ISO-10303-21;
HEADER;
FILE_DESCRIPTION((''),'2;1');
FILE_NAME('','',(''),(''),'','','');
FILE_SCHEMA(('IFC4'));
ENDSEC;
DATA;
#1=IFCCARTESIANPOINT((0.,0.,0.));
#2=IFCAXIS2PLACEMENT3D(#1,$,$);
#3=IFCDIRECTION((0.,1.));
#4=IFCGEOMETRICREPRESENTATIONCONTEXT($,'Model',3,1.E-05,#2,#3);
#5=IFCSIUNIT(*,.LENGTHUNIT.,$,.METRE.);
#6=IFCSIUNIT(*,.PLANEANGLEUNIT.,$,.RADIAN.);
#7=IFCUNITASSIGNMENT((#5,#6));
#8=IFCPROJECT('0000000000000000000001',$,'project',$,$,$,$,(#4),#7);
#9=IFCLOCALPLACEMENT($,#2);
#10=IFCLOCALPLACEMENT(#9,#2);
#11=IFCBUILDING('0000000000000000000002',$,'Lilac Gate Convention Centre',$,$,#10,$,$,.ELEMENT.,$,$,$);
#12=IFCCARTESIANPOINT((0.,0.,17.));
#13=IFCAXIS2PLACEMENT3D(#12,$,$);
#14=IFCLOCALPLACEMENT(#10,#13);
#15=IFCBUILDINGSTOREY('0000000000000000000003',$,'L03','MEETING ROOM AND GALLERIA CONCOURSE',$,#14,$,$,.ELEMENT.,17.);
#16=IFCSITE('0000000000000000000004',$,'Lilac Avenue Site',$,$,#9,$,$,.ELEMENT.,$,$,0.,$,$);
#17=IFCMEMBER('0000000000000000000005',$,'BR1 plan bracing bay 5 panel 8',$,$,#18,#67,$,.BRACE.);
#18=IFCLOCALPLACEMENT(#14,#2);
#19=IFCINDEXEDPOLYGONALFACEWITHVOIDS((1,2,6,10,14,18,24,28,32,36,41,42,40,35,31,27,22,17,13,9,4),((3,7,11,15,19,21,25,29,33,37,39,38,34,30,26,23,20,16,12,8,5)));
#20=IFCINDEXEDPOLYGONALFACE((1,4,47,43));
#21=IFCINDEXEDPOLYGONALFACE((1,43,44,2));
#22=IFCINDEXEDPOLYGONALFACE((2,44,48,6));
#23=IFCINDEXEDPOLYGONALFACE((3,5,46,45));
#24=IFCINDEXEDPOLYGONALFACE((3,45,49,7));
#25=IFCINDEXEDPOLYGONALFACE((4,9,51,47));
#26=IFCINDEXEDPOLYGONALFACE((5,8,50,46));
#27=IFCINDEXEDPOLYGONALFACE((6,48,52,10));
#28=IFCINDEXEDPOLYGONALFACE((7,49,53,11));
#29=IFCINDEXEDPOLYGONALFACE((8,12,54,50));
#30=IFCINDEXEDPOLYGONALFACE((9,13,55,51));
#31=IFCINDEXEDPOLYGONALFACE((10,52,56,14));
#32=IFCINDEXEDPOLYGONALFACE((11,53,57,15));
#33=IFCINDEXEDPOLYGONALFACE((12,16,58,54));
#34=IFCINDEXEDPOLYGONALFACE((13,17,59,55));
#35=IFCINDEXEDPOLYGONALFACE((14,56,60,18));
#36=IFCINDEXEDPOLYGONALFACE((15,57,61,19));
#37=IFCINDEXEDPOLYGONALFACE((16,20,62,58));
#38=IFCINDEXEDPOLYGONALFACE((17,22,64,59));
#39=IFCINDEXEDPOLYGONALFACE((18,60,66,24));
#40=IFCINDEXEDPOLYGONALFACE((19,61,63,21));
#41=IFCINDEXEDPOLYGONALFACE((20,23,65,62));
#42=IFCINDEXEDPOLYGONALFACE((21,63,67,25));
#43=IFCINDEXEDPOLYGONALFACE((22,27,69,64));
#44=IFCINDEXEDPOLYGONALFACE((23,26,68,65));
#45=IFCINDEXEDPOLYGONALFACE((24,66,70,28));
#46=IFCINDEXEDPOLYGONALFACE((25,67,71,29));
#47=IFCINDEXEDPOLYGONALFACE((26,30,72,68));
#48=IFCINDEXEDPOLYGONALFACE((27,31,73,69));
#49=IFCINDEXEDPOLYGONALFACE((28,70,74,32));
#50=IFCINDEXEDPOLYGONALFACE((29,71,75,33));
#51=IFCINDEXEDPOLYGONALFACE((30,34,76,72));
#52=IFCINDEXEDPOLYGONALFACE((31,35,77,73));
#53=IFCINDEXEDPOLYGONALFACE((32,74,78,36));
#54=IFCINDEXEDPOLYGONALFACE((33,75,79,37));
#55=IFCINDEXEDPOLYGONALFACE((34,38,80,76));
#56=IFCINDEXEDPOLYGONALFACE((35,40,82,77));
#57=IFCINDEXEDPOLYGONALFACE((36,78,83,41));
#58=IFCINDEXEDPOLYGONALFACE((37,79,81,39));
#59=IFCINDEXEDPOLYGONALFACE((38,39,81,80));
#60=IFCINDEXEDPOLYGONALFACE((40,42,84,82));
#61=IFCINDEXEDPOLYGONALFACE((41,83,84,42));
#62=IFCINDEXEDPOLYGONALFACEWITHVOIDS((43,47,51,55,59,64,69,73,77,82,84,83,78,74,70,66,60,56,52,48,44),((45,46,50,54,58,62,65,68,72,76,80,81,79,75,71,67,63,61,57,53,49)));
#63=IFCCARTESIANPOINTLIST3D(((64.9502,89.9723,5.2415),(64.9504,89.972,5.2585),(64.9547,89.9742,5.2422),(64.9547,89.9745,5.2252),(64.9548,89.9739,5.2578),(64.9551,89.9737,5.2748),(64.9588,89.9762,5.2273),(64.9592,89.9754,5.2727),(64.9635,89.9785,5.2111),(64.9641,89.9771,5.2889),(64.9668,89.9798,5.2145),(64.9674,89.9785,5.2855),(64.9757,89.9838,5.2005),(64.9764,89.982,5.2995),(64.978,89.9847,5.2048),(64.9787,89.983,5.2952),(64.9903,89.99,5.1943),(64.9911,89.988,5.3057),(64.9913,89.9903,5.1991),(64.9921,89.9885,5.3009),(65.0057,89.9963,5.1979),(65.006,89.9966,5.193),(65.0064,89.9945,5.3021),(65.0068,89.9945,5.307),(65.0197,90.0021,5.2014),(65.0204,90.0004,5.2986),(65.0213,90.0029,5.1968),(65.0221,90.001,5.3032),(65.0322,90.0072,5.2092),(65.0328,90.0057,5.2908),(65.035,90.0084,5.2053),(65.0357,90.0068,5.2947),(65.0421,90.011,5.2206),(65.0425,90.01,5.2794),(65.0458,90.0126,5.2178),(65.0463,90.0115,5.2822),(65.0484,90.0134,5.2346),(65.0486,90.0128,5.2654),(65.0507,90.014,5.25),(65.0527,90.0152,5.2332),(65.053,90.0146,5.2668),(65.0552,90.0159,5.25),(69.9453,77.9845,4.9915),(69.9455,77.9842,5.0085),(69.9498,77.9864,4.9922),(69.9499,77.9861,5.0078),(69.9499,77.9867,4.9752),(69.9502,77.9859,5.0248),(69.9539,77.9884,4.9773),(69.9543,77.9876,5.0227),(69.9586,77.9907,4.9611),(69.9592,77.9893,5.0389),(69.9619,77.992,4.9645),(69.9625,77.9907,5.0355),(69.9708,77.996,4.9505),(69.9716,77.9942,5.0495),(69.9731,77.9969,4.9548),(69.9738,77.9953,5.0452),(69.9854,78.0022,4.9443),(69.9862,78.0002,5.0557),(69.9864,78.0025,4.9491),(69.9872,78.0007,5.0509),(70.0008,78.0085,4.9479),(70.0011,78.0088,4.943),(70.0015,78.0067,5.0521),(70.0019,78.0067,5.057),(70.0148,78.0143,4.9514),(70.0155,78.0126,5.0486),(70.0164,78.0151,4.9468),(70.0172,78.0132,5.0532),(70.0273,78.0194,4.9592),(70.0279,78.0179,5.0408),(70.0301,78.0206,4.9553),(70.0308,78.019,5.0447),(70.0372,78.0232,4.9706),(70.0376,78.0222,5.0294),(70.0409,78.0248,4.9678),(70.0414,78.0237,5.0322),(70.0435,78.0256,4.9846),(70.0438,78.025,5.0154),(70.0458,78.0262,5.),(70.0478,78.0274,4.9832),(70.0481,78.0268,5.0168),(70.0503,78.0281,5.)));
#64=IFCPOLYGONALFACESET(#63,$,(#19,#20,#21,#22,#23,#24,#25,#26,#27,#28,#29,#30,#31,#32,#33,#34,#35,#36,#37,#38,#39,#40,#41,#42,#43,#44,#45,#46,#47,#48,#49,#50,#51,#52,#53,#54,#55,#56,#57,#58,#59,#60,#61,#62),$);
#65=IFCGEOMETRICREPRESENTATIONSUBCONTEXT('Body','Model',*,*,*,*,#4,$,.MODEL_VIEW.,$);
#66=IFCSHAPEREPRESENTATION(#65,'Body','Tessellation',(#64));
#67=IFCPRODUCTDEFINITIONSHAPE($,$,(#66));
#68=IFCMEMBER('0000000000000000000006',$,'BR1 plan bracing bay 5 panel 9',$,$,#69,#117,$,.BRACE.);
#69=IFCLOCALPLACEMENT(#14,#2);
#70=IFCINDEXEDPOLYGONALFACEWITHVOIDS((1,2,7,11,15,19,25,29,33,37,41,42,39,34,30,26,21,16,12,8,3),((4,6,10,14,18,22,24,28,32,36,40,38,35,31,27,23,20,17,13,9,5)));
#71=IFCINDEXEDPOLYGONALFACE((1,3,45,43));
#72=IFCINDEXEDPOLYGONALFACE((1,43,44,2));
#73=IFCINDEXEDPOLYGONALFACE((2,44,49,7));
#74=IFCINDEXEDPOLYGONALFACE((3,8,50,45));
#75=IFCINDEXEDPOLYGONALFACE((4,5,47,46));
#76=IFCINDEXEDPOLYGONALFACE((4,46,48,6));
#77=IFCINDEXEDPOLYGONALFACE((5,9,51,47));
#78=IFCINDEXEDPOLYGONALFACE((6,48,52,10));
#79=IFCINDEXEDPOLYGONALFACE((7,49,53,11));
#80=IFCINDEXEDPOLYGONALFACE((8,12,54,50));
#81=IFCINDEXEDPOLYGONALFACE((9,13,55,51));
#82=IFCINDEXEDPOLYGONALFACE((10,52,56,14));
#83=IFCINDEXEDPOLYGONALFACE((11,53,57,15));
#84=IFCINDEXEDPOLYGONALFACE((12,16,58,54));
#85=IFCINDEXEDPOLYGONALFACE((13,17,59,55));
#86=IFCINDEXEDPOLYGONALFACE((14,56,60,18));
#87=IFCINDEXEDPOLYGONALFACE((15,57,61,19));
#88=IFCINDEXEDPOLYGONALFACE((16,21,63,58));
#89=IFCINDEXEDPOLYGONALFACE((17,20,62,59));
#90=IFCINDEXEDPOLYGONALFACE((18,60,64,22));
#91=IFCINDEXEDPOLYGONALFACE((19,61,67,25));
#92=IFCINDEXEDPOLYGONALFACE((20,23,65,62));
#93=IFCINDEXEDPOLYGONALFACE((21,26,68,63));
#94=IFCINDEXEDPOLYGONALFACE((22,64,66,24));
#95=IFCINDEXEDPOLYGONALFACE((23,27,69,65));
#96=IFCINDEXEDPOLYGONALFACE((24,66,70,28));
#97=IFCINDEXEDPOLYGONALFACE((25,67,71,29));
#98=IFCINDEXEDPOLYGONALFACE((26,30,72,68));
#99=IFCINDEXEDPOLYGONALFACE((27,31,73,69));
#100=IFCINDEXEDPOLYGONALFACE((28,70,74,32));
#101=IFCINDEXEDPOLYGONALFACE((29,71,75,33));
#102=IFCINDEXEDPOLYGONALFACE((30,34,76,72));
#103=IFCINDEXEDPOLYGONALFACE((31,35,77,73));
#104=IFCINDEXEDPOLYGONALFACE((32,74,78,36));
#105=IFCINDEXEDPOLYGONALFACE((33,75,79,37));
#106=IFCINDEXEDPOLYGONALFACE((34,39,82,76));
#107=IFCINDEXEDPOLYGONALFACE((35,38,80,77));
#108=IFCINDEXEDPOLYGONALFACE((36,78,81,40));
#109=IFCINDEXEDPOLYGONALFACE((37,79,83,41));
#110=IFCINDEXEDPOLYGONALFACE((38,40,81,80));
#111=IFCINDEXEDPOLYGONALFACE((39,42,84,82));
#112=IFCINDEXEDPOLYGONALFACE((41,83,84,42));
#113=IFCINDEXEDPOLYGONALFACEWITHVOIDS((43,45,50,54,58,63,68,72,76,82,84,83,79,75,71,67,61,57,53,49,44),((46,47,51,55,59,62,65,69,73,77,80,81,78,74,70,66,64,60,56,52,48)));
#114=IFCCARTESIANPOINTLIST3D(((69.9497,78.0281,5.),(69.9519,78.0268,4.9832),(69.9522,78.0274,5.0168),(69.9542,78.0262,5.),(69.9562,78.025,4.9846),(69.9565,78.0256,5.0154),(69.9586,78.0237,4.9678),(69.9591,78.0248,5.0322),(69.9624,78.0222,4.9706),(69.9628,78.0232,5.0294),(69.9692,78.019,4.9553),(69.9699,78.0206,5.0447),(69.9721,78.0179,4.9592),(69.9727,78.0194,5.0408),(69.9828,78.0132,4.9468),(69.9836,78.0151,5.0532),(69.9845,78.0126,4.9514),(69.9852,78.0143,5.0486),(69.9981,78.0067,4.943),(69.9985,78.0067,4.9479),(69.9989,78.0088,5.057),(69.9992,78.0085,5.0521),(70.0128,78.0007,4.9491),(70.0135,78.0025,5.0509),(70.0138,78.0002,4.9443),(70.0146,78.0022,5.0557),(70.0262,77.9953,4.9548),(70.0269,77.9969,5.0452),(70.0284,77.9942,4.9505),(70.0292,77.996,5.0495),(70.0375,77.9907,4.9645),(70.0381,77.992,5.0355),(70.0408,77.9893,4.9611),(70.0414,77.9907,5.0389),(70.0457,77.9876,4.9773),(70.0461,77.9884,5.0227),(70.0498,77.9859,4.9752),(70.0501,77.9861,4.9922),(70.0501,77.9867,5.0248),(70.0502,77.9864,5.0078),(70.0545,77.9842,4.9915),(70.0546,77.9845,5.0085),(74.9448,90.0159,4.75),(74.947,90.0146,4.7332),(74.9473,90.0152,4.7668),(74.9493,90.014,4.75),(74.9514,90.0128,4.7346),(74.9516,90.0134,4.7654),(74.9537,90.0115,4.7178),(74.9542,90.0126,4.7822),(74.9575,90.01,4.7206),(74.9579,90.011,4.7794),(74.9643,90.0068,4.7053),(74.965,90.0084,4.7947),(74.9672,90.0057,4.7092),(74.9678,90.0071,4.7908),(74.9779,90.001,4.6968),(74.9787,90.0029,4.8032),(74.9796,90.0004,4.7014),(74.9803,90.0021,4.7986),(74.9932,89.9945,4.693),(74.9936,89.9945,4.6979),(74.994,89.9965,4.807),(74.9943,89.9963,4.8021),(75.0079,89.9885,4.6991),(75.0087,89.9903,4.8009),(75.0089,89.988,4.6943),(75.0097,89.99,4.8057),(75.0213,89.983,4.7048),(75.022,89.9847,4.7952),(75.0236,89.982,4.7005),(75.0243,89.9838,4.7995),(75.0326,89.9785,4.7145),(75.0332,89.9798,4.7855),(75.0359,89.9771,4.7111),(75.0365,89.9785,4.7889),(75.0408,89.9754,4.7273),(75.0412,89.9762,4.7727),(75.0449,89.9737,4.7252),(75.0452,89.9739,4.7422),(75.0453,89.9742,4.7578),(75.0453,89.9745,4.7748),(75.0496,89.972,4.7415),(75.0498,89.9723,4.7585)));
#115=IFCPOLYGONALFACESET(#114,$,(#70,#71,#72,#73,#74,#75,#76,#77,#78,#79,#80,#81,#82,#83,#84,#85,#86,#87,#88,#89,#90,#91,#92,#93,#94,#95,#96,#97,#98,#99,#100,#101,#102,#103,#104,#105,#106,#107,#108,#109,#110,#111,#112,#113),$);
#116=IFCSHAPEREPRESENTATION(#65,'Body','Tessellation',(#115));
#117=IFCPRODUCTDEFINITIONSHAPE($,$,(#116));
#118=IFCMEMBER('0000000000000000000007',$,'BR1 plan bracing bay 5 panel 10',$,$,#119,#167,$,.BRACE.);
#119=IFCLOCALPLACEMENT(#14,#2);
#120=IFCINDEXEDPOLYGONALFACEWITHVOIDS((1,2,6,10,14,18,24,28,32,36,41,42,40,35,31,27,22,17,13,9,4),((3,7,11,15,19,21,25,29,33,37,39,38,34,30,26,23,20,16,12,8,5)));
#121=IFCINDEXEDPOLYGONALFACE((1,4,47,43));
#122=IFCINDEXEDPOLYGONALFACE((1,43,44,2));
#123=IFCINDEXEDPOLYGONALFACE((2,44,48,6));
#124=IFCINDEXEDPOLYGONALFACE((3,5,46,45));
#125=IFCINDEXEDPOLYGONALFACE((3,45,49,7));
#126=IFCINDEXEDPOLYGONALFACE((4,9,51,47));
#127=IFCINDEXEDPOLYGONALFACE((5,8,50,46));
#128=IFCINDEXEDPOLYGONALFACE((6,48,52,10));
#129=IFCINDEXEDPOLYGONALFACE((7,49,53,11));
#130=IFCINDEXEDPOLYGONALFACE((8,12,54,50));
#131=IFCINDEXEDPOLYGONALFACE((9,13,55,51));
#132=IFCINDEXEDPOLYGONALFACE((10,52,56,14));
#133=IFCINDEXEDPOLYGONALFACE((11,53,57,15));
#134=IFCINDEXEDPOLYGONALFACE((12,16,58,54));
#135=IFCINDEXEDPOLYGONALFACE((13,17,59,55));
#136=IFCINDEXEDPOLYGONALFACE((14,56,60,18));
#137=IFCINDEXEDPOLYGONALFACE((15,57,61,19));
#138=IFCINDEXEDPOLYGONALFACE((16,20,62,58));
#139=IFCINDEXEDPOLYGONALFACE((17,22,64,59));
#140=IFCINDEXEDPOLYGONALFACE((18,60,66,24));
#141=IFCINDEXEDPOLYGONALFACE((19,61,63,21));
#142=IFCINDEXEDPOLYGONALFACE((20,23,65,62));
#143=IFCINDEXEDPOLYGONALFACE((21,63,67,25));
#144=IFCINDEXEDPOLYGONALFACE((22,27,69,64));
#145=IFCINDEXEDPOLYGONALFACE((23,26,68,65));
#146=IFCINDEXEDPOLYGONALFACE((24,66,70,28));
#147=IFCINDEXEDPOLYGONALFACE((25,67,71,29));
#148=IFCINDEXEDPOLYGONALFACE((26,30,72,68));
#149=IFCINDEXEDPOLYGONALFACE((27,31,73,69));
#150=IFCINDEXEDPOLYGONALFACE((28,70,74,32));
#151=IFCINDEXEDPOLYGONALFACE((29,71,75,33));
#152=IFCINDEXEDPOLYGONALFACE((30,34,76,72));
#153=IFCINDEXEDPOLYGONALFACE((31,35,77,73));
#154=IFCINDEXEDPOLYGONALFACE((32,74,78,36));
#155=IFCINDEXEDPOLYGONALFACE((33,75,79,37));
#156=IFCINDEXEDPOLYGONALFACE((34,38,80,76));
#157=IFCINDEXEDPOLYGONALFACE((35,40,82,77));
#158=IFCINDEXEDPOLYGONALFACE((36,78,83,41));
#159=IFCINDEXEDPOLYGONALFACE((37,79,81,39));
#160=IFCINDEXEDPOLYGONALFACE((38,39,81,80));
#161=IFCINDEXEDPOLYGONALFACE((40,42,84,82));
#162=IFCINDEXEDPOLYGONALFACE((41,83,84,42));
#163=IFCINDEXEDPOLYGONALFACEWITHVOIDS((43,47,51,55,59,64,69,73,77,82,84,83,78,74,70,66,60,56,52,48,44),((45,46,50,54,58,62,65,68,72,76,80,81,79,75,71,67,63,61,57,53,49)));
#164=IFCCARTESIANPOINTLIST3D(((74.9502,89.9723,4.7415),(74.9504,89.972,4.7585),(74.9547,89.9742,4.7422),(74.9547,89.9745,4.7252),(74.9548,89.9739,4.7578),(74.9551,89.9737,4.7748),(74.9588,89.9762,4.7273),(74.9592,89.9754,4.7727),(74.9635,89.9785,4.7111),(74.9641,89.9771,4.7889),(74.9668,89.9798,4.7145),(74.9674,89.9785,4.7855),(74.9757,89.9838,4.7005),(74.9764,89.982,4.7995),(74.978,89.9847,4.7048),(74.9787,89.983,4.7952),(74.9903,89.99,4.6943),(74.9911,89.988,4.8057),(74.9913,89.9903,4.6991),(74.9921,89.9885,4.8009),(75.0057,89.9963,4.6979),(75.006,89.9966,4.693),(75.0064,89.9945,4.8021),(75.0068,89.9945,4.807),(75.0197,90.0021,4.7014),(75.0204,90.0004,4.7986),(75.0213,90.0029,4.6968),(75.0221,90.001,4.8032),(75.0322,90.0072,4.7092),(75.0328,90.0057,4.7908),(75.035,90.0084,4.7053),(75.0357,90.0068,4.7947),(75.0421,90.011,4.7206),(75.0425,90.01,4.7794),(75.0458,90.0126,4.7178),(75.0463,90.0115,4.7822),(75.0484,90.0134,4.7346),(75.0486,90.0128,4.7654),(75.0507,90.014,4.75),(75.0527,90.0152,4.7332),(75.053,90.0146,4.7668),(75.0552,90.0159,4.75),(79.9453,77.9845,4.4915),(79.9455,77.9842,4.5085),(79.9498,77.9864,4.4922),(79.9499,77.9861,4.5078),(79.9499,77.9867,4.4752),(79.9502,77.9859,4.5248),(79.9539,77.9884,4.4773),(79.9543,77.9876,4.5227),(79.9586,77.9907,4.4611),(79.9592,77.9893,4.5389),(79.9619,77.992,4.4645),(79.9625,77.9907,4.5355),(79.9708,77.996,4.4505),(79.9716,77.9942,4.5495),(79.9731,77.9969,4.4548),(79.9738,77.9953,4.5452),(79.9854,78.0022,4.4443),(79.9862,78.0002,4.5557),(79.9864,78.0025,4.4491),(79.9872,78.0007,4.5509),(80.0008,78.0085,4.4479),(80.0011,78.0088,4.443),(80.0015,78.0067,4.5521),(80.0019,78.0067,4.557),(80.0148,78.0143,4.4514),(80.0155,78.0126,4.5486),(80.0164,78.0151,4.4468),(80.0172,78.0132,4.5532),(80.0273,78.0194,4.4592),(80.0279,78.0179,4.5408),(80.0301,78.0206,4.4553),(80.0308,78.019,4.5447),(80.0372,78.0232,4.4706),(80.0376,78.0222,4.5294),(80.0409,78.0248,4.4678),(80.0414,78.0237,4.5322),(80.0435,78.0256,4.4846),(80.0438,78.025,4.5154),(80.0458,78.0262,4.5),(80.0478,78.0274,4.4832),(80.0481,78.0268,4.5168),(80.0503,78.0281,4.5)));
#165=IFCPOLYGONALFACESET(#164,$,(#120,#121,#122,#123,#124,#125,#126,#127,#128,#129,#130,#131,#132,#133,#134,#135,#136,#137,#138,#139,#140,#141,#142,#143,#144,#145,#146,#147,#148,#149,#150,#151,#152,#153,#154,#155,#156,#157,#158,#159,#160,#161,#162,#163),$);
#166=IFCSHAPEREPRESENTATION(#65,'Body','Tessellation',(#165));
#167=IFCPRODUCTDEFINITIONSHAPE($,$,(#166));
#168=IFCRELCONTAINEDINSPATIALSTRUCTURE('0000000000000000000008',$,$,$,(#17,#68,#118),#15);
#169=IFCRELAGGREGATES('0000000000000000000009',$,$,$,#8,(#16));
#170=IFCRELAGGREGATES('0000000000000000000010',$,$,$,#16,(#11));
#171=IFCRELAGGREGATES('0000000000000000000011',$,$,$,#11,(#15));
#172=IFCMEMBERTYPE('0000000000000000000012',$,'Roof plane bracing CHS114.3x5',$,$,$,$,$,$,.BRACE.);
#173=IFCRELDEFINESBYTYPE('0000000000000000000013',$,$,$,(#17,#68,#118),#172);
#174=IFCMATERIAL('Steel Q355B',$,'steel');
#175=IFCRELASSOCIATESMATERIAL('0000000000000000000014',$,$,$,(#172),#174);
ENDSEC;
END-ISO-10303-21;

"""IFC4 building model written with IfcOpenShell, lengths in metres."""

from ifc_helpers import new_model, si_unit, direction, frame, origin, origin_2d, place, context, subcontext, project, spatial, hollow_circle, extrude, material, material_profile, profile_set, type_object, element, save


model = new_model("IFC4")

# Units and contexts
model_context = context("Model", 3, precision=1e-05, world=origin(), true_north=direction((0.0, 1.0)))
body_context = subcontext(model_context, "Body", "Model", "MODEL_VIEW")
ifc_project = project(units=[si_unit("LENGTHUNIT", "METRE"), si_unit("PLANEANGLEUNIT", "RADIAN")], contexts=[model_context])

# Site, building, storey
site_placement = place(None, origin())
site = spatial("IfcSite", under=ifc_project, at=site_placement, Name="Lilac Avenue Site", CompositionType="ELEMENT", RefElevation=0.0)
building_placement = place(site_placement, origin())
building = spatial("IfcBuilding", under=site, at=building_placement, Name="Lilac Gate Convention Centre", CompositionType="ELEMENT")
storey_placement = place(building_placement, frame((0.0, 0.0, 17.0)))
storey = spatial("IfcBuildingStorey", under=building, at=storey_placement, Name="L03", Description="MEETING ROOM AND GALLERIA CONCOURSE", CompositionType="ELEMENT", Elevation=17.0)

# Members
ifc_material = material(Name="Steel Q355B", Category="steel")
ifc_material_profile_1 = material_profile(ifc_material, hollow_circle(Radius=0.0571, WallThickness=0.0049, at=origin_2d()), Name="CHS114.3x5")
ifc_profile_set_1 = profile_set([ifc_material_profile_1], Name="Steel Q355B")
member_type_1 = type_object("IfcMemberType", Name="Roof plane bracing CHS114.3x5", PredefinedType="BRACE", material=ifc_profile_set_1)
for number, where, z_axis, x_axis, name in (
    (1, (65.0024, 89.9939, 5.25), (0.384557, -0.9229, -0.019247), (0.923071, 0.384629, 0.0), "BR1 plan bracing bay 5 panel 8"),
    (2, (70.0024, 78.0061, 5.0), (0.384557, 0.9229, -0.019247), (-0.923071, 0.384629, 0.0), "BR1 plan bracing bay 5 panel 9"),
    (3, (75.0024, 89.9939, 4.75), (0.384557, -0.9229, -0.019247), (0.923071, 0.384629, 0.0), "BR1 plan bracing bay 5 panel 10"),
):
    element("IfcMember", number, at=place(storey_placement, frame(where, z_axis=z_axis, x_axis=x_axis)), inside=storey, type_object=member_type_1, Name=name, PredefinedType="BRACE", context=body_context, shape_type="SweptSolid", body=[
        extrude(hollow_circle(Radius=0.0571, WallThickness=0.0049, at=origin_2d()), origin(), (0.0, 0.0, 1.0), 12.9893),
    ])

save(model, "model.ifc")
